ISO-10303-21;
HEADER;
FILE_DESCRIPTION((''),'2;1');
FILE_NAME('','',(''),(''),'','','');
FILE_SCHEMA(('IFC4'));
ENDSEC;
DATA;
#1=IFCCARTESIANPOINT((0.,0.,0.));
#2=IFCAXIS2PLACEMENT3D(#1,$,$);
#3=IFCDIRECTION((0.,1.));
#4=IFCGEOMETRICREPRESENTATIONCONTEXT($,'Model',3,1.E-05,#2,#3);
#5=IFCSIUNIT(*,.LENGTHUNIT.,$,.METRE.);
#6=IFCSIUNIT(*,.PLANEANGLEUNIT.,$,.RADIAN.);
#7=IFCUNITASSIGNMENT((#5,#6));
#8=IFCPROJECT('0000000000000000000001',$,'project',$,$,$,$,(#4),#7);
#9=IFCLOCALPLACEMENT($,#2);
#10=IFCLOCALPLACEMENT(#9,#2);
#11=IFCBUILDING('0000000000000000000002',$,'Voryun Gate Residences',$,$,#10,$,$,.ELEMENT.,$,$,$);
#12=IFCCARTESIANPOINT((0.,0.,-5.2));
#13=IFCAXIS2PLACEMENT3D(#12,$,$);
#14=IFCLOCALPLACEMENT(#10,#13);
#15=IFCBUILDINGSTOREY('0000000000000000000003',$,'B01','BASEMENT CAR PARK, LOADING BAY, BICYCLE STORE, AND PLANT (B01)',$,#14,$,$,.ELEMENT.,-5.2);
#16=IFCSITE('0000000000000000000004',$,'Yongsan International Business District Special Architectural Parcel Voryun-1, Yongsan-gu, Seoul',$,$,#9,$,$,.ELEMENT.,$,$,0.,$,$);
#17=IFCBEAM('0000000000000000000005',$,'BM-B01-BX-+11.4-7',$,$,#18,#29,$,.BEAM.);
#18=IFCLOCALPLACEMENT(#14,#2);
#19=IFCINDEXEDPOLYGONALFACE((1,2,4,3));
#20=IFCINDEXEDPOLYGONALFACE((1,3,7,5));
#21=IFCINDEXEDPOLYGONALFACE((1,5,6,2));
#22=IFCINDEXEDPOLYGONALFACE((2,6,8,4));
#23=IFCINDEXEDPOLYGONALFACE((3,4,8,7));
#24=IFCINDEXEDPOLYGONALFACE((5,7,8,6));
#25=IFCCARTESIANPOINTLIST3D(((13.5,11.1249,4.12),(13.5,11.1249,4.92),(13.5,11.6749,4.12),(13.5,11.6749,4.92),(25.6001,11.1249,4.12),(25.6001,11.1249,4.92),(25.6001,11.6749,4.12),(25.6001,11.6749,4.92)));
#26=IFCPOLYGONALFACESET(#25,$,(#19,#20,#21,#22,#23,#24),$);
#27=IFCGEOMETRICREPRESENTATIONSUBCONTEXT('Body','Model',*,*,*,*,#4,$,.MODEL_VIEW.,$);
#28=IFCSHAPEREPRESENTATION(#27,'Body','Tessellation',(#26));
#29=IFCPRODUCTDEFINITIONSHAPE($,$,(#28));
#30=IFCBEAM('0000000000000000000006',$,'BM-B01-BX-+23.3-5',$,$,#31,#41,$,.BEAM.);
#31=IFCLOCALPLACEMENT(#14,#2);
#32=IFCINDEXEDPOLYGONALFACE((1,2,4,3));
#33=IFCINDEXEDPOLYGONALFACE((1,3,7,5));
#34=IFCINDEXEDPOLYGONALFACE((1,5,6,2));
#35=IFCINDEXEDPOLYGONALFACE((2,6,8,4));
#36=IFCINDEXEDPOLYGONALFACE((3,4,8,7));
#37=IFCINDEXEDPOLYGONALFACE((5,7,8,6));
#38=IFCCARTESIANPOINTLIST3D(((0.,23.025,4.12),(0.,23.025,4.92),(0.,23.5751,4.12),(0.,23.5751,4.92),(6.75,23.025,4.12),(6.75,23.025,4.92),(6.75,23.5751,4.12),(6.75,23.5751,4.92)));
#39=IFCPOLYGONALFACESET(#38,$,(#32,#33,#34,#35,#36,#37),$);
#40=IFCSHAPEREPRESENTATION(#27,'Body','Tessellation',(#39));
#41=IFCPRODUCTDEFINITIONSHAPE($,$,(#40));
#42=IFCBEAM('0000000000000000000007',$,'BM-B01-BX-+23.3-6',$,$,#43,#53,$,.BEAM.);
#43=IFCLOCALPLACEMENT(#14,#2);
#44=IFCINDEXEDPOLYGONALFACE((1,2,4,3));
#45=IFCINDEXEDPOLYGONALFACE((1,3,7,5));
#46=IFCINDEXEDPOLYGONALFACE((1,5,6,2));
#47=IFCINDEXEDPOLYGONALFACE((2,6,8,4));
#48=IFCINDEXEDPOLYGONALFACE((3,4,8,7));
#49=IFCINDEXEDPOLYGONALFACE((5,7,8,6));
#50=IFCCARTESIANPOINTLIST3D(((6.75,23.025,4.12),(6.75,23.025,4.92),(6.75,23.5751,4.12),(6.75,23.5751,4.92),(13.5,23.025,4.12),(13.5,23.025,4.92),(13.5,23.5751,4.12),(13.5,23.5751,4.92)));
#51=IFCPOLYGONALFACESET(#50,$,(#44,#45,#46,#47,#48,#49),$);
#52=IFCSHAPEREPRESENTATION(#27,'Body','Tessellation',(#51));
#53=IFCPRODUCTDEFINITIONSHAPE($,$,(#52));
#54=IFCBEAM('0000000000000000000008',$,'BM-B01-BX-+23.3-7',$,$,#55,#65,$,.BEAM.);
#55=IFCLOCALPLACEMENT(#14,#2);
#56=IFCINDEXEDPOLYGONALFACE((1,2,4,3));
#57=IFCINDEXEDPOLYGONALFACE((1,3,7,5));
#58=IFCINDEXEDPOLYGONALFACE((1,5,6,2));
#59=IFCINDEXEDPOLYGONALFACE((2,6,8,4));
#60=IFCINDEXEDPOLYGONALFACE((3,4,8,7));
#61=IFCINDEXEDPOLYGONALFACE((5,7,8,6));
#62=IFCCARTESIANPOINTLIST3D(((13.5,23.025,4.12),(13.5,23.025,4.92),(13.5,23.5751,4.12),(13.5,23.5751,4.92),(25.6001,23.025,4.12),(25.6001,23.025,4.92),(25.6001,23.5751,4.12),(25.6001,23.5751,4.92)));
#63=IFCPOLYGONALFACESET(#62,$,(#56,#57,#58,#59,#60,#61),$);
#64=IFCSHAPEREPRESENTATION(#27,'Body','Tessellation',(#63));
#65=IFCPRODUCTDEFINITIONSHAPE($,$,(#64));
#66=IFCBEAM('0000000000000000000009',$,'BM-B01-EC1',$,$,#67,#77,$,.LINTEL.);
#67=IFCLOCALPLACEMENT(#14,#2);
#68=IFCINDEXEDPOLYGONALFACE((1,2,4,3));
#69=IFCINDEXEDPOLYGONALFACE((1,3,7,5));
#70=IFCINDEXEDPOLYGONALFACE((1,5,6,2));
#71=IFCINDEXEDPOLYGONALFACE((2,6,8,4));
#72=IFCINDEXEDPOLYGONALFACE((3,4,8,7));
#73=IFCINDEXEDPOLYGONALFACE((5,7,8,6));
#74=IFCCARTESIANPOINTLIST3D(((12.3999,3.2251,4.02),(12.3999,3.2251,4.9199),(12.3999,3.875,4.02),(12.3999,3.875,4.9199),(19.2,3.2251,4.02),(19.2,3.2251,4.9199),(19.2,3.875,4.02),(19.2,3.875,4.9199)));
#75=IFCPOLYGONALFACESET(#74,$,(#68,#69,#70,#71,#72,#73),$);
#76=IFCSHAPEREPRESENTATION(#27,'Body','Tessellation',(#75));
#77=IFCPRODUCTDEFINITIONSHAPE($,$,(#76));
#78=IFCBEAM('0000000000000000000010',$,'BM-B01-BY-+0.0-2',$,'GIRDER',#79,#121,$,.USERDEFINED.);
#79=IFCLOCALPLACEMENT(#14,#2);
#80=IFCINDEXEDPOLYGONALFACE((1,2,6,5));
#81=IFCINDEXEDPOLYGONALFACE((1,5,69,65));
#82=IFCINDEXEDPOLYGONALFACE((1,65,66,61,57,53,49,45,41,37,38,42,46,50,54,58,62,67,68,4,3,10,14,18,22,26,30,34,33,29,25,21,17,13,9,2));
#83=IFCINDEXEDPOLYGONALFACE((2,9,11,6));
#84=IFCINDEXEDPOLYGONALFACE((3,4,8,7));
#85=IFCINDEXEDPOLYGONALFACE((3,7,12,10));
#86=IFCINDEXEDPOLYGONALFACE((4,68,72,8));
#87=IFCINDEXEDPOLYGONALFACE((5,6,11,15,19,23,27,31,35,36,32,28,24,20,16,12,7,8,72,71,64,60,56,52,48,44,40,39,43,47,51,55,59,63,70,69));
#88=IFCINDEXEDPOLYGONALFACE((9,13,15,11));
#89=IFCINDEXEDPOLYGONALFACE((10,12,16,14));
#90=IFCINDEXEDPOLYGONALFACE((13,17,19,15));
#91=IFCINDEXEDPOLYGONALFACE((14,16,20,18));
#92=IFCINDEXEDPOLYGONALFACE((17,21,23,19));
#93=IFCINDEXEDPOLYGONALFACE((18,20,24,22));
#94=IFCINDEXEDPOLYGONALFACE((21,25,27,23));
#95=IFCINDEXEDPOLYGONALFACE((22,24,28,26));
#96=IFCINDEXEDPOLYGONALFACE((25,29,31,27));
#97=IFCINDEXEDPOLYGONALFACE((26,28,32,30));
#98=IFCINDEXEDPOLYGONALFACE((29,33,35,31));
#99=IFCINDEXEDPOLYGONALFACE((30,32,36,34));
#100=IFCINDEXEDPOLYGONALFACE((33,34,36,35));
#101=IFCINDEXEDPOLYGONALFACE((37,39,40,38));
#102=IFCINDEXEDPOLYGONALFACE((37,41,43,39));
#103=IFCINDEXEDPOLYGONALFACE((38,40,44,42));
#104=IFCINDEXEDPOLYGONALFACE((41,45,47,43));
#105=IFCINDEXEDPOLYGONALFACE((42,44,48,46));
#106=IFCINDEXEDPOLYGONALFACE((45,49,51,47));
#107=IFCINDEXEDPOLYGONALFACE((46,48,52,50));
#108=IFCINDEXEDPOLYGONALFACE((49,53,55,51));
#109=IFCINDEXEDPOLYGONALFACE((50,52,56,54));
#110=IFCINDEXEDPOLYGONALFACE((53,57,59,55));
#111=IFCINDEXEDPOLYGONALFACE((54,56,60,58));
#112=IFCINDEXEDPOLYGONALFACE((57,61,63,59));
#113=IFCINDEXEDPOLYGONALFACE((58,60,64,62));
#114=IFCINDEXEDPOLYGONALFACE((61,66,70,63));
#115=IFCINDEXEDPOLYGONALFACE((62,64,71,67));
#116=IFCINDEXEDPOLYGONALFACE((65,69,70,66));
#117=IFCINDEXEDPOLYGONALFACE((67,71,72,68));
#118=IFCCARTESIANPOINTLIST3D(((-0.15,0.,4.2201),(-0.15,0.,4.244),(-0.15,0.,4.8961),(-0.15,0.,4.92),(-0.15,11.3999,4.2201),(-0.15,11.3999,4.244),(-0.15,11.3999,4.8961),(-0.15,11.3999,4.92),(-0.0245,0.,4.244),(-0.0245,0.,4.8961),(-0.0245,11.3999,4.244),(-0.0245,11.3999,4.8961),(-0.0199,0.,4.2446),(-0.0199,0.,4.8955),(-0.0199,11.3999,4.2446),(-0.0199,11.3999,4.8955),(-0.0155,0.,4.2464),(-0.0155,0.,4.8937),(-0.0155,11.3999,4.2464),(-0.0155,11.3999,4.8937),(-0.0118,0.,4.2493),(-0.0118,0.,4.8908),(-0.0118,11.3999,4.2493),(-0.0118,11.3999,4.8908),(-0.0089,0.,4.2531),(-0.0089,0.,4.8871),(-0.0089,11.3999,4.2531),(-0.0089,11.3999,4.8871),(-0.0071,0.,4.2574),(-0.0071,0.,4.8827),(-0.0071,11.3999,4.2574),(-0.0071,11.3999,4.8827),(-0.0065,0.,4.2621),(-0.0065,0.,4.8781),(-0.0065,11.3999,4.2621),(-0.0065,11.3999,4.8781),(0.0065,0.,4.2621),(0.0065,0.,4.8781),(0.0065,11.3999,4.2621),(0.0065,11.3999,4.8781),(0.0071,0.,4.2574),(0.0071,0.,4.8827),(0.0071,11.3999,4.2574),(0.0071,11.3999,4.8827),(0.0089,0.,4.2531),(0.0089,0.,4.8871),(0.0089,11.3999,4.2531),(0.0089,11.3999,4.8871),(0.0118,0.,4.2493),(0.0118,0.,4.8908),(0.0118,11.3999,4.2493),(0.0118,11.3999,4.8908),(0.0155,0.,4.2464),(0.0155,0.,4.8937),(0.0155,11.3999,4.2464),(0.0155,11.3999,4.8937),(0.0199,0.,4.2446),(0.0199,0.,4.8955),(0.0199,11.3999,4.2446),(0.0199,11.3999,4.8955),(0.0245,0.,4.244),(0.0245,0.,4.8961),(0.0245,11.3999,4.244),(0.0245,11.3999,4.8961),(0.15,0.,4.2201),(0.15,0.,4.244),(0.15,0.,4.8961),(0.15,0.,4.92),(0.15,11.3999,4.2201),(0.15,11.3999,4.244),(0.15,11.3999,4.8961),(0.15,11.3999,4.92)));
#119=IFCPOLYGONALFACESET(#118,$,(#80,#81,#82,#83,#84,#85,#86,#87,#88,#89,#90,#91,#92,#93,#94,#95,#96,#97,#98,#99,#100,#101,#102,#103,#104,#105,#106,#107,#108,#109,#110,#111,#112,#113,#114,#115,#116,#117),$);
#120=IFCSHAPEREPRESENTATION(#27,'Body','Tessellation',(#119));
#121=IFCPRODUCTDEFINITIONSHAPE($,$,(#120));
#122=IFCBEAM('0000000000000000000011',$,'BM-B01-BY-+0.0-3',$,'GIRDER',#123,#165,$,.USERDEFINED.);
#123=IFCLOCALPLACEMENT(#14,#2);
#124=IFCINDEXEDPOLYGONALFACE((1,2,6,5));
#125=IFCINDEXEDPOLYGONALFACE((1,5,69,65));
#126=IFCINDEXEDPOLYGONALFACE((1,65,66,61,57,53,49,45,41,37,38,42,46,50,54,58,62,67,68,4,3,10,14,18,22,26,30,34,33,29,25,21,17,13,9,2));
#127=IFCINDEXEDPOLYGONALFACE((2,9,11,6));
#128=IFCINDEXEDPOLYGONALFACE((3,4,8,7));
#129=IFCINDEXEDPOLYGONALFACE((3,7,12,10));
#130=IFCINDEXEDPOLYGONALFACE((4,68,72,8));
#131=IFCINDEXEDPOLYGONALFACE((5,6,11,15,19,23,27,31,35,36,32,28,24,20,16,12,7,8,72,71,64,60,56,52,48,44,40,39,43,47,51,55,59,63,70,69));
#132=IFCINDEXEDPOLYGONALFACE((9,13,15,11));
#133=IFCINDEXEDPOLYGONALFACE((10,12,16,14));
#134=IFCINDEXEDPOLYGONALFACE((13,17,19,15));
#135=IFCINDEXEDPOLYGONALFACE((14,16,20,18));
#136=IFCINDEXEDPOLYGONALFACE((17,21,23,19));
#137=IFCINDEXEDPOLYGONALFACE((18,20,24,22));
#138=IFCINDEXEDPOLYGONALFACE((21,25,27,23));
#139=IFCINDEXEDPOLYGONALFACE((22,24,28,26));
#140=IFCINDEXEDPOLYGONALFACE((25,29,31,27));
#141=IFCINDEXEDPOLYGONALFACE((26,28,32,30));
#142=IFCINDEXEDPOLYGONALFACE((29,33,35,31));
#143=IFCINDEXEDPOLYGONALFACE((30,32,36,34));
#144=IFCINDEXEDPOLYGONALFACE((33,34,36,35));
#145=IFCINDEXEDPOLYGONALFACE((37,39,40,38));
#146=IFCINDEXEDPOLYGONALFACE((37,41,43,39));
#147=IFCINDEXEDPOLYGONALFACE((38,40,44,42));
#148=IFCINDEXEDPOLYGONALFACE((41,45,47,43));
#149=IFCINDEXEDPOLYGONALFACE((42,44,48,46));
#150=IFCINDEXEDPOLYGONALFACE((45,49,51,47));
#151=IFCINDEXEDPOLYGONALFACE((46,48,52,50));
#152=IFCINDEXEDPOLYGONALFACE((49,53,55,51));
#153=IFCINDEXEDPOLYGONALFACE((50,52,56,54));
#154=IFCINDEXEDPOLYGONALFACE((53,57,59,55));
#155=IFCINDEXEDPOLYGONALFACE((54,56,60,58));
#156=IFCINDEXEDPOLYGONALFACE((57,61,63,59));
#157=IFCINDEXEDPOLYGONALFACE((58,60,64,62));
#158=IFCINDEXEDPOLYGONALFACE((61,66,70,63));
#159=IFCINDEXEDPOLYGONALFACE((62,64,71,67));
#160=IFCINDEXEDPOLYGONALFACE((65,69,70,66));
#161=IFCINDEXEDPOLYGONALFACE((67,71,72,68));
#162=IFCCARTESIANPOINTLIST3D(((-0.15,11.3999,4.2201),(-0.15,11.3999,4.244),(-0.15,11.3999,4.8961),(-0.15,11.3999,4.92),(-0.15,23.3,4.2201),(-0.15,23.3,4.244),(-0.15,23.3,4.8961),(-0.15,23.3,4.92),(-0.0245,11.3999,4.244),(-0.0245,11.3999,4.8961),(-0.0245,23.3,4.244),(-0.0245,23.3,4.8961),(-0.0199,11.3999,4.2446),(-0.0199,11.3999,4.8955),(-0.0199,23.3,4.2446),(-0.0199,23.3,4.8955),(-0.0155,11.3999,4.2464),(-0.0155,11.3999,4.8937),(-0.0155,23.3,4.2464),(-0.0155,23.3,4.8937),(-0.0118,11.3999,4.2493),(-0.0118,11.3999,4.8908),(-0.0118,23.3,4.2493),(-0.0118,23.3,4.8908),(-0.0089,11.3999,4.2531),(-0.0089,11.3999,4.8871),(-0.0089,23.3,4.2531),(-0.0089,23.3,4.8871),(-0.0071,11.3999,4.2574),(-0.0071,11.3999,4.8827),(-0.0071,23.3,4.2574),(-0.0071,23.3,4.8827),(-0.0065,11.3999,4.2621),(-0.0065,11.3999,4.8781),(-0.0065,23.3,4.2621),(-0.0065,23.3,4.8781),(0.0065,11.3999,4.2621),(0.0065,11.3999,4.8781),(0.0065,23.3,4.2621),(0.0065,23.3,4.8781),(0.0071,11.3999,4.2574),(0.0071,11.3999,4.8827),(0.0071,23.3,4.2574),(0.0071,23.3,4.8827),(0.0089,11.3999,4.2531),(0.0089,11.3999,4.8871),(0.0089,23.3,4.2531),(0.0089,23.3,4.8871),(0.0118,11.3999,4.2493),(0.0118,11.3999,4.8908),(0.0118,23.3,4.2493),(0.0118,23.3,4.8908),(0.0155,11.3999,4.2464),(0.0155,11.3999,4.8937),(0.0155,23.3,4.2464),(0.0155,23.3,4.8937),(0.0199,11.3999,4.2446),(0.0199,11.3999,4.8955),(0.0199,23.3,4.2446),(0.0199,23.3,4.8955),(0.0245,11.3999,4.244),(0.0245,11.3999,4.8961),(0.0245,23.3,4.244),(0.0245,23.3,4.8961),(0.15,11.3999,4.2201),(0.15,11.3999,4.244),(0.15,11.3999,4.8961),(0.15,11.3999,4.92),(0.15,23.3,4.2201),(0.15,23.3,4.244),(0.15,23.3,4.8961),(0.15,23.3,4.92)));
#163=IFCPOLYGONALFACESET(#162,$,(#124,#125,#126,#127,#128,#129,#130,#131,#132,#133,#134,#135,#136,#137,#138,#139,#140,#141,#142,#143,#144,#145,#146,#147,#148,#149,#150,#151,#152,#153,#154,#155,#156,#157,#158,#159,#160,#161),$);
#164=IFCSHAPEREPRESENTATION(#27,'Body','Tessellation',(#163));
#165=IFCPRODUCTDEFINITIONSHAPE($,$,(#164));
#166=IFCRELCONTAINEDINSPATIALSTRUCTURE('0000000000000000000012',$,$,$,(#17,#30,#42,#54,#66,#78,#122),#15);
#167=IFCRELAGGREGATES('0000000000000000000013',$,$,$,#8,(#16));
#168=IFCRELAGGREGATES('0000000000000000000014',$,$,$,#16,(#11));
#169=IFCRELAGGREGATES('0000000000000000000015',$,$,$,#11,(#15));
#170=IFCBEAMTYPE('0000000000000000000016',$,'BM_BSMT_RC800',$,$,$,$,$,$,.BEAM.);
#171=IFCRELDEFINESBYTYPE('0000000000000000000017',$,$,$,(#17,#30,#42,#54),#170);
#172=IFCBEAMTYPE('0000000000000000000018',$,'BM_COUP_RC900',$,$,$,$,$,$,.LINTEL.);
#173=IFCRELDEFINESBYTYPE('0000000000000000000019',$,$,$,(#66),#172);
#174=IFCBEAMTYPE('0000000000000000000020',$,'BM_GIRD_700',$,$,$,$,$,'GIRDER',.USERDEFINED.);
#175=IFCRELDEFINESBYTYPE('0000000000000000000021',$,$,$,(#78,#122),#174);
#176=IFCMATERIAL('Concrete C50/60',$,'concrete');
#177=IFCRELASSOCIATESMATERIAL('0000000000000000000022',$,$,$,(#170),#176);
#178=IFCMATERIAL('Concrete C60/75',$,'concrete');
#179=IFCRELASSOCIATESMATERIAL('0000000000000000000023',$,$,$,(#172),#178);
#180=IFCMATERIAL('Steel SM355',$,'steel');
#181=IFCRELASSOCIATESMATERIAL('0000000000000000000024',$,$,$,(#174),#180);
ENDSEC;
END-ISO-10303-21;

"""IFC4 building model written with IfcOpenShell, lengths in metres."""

from ifc_helpers import new_model, si_unit, direction, frame, origin, origin_2d, place, context, subcontext, project, spatial, rectangle, i_section, extrude, material, material_profile, profile_set, type_object, element, save


model = new_model("IFC4")

# Units and contexts
model_context = context("Model", 3, precision=1e-05, world=origin(), true_north=direction((0.0, 1.0)))
body_context = subcontext(model_context, "Body", "Model", "MODEL_VIEW")
ifc_project = project(units=[si_unit("LENGTHUNIT", "METRE"), si_unit("PLANEANGLEUNIT", "RADIAN")], contexts=[model_context])

# Site, building, storey
site_placement = place(None, origin())
site = spatial("IfcSite", under=ifc_project, at=site_placement, Name="Yongsan International Business District Special Architectural Parcel Voryun-1, Yongsan-gu, Seoul", CompositionType="ELEMENT", RefElevation=0.0)
building_placement = place(site_placement, origin())
building = spatial("IfcBuilding", under=site, at=building_placement, Name="Voryun Gate Residences", CompositionType="ELEMENT")
storey_placement = place(building_placement, frame((0.0, 0.0, -5.2)))
storey = spatial("IfcBuildingStorey", under=building, at=storey_placement, Name="B01", Description="BASEMENT CAR PARK, LOADING BAY, BICYCLE STORE, AND PLANT (B01)", CompositionType="ELEMENT", Elevation=-5.2)

# Beams
ifc_material_1 = material(Name="Concrete C50/60", Category="concrete")
ifc_material_profile_1 = material_profile(ifc_material_1, rectangle(XDim=0.55, YDim=0.8, at=origin_2d()), Name="RC-550x800")
ifc_profile_set_1 = profile_set([ifc_material_profile_1], Name="Concrete C50/60")
beam_type_1 = type_object("IfcBeamType", Name="BM_BSMT_RC800", PredefinedType="BEAM", material=ifc_profile_set_1)
beam_1_placement = place(storey_placement, frame((13.5, 11.3999, 4.52), z_axis=(1.0, 0.0, 0.0), x_axis=(0.0, 1.0, 0.0)))
element("IfcBeam", 1, at=beam_1_placement, inside=storey, type_object=beam_type_1, Name="BM-B01-BX-+11.4-7", PredefinedType="BEAM", context=body_context, shape_type="SweptSolid", body=[
    extrude(rectangle(XDim=0.55, YDim=0.8, at=origin_2d()), origin(), (0.0, 0.0, 1.0), 12.1001),
])
for number, where, z_axis, x_axis, name in (
    (2, (0.0, 23.3, 4.52), (1.0, 0.0, 0.0), (0.0, 1.0, 0.0), "BM-B01-BX-+23.3-5"),
    (3, (6.75, 23.3, 4.52), (1.0, 0.0, 0.0), (0.0, 1.0, 0.0), "BM-B01-BX-+23.3-6"),
):
    element("IfcBeam", number, at=place(storey_placement, frame(where, z_axis=z_axis, x_axis=x_axis)), inside=storey, type_object=beam_type_1, Name=name, PredefinedType="BEAM", context=body_context, shape_type="SweptSolid", body=[
        extrude(rectangle(XDim=0.55, YDim=0.8, at=origin_2d()), origin(), (0.0, 0.0, 1.0), 6.75),
    ])
beam_2_placement = place(storey_placement, frame((13.5, 23.3, 4.52), z_axis=(1.0, 0.0, 0.0), x_axis=(0.0, 1.0, 0.0)))
element("IfcBeam", 4, at=beam_2_placement, inside=storey, type_object=beam_type_1, Name="BM-B01-BX-+23.3-7", PredefinedType="BEAM", context=body_context, shape_type="SweptSolid", body=[
    extrude(rectangle(XDim=0.55, YDim=0.8, at=origin_2d()), origin(), (0.0, 0.0, 1.0), 12.1001),
])
ifc_material_2 = material(Name="Concrete C60/75", Category="concrete")
ifc_material_profile_2 = material_profile(ifc_material_2, rectangle(XDim=0.6499, YDim=0.8999, at=origin_2d()), Name="RC-650x900")
ifc_profile_set_2 = profile_set([ifc_material_profile_2], Name="Concrete C60/75")
beam_type_2 = type_object("IfcBeamType", Name="BM_COUP_RC900", PredefinedType="LINTEL", material=ifc_profile_set_2)
beam_3_placement = place(storey_placement, frame((12.3999, 3.55, 4.47), z_axis=(1.0, 0.0, 0.0), x_axis=(0.0, 1.0, 0.0)))
element("IfcBeam", 5, at=beam_3_placement, inside=storey, type_object=beam_type_2, Name="BM-B01-EC1", PredefinedType="LINTEL", context=body_context, shape_type="SweptSolid", body=[
    extrude(rectangle(XDim=0.6499, YDim=0.8999, at=origin_2d()), origin(), (0.0, 0.0, 1.0), 6.8),
])
ifc_material_3 = material(Name="Steel SM355", Category="steel")
ifc_material_profile_3 = material_profile(ifc_material_3, i_section(OverallWidth=0.3, OverallDepth=0.7, WebThickness=0.0129, FlangeThickness=0.0239, FilletRadius=0.0181, at=origin_2d()), Name="H-700x300x13x24")
ifc_profile_set_3 = profile_set([ifc_material_profile_3], Name="Steel SM355")
beam_type_3 = type_object("IfcBeamType", Name="BM_GIRD_700", ElementType="GIRDER", PredefinedType="USERDEFINED", material=ifc_profile_set_3)
beam_4_placement = place(storey_placement, frame((0.0, 0.0, 4.5701), z_axis=(0.0, 1.0, 0.0), x_axis=(-1.0, 0.0, 0.0)))
element("IfcBeam", 6, at=beam_4_placement, inside=storey, type_object=beam_type_3, Name="BM-B01-BY-+0.0-2", ObjectType="GIRDER", PredefinedType="USERDEFINED", context=body_context, shape_type="SweptSolid", body=[
    extrude(i_section(OverallWidth=0.3, OverallDepth=0.7, WebThickness=0.0129, FlangeThickness=0.0239, FilletRadius=0.0181, at=origin_2d()), origin(), (0.0, 0.0, 1.0), 11.3999),
])
beam_5_placement = place(storey_placement, frame((0.0, 11.3999, 4.5701), z_axis=(0.0, 1.0, 0.0), x_axis=(-1.0, 0.0, 0.0)))
element("IfcBeam", 7, at=beam_5_placement, inside=storey, type_object=beam_type_3, Name="BM-B01-BY-+0.0-3", ObjectType="GIRDER", PredefinedType="USERDEFINED", context=body_context, shape_type="SweptSolid", body=[
    extrude(i_section(OverallWidth=0.3, OverallDepth=0.7, WebThickness=0.0129, FlangeThickness=0.0239, FilletRadius=0.0181, at=origin_2d()), origin(), (0.0, 0.0, 1.0), 11.9001),
])

save(model, "model.ifc")
